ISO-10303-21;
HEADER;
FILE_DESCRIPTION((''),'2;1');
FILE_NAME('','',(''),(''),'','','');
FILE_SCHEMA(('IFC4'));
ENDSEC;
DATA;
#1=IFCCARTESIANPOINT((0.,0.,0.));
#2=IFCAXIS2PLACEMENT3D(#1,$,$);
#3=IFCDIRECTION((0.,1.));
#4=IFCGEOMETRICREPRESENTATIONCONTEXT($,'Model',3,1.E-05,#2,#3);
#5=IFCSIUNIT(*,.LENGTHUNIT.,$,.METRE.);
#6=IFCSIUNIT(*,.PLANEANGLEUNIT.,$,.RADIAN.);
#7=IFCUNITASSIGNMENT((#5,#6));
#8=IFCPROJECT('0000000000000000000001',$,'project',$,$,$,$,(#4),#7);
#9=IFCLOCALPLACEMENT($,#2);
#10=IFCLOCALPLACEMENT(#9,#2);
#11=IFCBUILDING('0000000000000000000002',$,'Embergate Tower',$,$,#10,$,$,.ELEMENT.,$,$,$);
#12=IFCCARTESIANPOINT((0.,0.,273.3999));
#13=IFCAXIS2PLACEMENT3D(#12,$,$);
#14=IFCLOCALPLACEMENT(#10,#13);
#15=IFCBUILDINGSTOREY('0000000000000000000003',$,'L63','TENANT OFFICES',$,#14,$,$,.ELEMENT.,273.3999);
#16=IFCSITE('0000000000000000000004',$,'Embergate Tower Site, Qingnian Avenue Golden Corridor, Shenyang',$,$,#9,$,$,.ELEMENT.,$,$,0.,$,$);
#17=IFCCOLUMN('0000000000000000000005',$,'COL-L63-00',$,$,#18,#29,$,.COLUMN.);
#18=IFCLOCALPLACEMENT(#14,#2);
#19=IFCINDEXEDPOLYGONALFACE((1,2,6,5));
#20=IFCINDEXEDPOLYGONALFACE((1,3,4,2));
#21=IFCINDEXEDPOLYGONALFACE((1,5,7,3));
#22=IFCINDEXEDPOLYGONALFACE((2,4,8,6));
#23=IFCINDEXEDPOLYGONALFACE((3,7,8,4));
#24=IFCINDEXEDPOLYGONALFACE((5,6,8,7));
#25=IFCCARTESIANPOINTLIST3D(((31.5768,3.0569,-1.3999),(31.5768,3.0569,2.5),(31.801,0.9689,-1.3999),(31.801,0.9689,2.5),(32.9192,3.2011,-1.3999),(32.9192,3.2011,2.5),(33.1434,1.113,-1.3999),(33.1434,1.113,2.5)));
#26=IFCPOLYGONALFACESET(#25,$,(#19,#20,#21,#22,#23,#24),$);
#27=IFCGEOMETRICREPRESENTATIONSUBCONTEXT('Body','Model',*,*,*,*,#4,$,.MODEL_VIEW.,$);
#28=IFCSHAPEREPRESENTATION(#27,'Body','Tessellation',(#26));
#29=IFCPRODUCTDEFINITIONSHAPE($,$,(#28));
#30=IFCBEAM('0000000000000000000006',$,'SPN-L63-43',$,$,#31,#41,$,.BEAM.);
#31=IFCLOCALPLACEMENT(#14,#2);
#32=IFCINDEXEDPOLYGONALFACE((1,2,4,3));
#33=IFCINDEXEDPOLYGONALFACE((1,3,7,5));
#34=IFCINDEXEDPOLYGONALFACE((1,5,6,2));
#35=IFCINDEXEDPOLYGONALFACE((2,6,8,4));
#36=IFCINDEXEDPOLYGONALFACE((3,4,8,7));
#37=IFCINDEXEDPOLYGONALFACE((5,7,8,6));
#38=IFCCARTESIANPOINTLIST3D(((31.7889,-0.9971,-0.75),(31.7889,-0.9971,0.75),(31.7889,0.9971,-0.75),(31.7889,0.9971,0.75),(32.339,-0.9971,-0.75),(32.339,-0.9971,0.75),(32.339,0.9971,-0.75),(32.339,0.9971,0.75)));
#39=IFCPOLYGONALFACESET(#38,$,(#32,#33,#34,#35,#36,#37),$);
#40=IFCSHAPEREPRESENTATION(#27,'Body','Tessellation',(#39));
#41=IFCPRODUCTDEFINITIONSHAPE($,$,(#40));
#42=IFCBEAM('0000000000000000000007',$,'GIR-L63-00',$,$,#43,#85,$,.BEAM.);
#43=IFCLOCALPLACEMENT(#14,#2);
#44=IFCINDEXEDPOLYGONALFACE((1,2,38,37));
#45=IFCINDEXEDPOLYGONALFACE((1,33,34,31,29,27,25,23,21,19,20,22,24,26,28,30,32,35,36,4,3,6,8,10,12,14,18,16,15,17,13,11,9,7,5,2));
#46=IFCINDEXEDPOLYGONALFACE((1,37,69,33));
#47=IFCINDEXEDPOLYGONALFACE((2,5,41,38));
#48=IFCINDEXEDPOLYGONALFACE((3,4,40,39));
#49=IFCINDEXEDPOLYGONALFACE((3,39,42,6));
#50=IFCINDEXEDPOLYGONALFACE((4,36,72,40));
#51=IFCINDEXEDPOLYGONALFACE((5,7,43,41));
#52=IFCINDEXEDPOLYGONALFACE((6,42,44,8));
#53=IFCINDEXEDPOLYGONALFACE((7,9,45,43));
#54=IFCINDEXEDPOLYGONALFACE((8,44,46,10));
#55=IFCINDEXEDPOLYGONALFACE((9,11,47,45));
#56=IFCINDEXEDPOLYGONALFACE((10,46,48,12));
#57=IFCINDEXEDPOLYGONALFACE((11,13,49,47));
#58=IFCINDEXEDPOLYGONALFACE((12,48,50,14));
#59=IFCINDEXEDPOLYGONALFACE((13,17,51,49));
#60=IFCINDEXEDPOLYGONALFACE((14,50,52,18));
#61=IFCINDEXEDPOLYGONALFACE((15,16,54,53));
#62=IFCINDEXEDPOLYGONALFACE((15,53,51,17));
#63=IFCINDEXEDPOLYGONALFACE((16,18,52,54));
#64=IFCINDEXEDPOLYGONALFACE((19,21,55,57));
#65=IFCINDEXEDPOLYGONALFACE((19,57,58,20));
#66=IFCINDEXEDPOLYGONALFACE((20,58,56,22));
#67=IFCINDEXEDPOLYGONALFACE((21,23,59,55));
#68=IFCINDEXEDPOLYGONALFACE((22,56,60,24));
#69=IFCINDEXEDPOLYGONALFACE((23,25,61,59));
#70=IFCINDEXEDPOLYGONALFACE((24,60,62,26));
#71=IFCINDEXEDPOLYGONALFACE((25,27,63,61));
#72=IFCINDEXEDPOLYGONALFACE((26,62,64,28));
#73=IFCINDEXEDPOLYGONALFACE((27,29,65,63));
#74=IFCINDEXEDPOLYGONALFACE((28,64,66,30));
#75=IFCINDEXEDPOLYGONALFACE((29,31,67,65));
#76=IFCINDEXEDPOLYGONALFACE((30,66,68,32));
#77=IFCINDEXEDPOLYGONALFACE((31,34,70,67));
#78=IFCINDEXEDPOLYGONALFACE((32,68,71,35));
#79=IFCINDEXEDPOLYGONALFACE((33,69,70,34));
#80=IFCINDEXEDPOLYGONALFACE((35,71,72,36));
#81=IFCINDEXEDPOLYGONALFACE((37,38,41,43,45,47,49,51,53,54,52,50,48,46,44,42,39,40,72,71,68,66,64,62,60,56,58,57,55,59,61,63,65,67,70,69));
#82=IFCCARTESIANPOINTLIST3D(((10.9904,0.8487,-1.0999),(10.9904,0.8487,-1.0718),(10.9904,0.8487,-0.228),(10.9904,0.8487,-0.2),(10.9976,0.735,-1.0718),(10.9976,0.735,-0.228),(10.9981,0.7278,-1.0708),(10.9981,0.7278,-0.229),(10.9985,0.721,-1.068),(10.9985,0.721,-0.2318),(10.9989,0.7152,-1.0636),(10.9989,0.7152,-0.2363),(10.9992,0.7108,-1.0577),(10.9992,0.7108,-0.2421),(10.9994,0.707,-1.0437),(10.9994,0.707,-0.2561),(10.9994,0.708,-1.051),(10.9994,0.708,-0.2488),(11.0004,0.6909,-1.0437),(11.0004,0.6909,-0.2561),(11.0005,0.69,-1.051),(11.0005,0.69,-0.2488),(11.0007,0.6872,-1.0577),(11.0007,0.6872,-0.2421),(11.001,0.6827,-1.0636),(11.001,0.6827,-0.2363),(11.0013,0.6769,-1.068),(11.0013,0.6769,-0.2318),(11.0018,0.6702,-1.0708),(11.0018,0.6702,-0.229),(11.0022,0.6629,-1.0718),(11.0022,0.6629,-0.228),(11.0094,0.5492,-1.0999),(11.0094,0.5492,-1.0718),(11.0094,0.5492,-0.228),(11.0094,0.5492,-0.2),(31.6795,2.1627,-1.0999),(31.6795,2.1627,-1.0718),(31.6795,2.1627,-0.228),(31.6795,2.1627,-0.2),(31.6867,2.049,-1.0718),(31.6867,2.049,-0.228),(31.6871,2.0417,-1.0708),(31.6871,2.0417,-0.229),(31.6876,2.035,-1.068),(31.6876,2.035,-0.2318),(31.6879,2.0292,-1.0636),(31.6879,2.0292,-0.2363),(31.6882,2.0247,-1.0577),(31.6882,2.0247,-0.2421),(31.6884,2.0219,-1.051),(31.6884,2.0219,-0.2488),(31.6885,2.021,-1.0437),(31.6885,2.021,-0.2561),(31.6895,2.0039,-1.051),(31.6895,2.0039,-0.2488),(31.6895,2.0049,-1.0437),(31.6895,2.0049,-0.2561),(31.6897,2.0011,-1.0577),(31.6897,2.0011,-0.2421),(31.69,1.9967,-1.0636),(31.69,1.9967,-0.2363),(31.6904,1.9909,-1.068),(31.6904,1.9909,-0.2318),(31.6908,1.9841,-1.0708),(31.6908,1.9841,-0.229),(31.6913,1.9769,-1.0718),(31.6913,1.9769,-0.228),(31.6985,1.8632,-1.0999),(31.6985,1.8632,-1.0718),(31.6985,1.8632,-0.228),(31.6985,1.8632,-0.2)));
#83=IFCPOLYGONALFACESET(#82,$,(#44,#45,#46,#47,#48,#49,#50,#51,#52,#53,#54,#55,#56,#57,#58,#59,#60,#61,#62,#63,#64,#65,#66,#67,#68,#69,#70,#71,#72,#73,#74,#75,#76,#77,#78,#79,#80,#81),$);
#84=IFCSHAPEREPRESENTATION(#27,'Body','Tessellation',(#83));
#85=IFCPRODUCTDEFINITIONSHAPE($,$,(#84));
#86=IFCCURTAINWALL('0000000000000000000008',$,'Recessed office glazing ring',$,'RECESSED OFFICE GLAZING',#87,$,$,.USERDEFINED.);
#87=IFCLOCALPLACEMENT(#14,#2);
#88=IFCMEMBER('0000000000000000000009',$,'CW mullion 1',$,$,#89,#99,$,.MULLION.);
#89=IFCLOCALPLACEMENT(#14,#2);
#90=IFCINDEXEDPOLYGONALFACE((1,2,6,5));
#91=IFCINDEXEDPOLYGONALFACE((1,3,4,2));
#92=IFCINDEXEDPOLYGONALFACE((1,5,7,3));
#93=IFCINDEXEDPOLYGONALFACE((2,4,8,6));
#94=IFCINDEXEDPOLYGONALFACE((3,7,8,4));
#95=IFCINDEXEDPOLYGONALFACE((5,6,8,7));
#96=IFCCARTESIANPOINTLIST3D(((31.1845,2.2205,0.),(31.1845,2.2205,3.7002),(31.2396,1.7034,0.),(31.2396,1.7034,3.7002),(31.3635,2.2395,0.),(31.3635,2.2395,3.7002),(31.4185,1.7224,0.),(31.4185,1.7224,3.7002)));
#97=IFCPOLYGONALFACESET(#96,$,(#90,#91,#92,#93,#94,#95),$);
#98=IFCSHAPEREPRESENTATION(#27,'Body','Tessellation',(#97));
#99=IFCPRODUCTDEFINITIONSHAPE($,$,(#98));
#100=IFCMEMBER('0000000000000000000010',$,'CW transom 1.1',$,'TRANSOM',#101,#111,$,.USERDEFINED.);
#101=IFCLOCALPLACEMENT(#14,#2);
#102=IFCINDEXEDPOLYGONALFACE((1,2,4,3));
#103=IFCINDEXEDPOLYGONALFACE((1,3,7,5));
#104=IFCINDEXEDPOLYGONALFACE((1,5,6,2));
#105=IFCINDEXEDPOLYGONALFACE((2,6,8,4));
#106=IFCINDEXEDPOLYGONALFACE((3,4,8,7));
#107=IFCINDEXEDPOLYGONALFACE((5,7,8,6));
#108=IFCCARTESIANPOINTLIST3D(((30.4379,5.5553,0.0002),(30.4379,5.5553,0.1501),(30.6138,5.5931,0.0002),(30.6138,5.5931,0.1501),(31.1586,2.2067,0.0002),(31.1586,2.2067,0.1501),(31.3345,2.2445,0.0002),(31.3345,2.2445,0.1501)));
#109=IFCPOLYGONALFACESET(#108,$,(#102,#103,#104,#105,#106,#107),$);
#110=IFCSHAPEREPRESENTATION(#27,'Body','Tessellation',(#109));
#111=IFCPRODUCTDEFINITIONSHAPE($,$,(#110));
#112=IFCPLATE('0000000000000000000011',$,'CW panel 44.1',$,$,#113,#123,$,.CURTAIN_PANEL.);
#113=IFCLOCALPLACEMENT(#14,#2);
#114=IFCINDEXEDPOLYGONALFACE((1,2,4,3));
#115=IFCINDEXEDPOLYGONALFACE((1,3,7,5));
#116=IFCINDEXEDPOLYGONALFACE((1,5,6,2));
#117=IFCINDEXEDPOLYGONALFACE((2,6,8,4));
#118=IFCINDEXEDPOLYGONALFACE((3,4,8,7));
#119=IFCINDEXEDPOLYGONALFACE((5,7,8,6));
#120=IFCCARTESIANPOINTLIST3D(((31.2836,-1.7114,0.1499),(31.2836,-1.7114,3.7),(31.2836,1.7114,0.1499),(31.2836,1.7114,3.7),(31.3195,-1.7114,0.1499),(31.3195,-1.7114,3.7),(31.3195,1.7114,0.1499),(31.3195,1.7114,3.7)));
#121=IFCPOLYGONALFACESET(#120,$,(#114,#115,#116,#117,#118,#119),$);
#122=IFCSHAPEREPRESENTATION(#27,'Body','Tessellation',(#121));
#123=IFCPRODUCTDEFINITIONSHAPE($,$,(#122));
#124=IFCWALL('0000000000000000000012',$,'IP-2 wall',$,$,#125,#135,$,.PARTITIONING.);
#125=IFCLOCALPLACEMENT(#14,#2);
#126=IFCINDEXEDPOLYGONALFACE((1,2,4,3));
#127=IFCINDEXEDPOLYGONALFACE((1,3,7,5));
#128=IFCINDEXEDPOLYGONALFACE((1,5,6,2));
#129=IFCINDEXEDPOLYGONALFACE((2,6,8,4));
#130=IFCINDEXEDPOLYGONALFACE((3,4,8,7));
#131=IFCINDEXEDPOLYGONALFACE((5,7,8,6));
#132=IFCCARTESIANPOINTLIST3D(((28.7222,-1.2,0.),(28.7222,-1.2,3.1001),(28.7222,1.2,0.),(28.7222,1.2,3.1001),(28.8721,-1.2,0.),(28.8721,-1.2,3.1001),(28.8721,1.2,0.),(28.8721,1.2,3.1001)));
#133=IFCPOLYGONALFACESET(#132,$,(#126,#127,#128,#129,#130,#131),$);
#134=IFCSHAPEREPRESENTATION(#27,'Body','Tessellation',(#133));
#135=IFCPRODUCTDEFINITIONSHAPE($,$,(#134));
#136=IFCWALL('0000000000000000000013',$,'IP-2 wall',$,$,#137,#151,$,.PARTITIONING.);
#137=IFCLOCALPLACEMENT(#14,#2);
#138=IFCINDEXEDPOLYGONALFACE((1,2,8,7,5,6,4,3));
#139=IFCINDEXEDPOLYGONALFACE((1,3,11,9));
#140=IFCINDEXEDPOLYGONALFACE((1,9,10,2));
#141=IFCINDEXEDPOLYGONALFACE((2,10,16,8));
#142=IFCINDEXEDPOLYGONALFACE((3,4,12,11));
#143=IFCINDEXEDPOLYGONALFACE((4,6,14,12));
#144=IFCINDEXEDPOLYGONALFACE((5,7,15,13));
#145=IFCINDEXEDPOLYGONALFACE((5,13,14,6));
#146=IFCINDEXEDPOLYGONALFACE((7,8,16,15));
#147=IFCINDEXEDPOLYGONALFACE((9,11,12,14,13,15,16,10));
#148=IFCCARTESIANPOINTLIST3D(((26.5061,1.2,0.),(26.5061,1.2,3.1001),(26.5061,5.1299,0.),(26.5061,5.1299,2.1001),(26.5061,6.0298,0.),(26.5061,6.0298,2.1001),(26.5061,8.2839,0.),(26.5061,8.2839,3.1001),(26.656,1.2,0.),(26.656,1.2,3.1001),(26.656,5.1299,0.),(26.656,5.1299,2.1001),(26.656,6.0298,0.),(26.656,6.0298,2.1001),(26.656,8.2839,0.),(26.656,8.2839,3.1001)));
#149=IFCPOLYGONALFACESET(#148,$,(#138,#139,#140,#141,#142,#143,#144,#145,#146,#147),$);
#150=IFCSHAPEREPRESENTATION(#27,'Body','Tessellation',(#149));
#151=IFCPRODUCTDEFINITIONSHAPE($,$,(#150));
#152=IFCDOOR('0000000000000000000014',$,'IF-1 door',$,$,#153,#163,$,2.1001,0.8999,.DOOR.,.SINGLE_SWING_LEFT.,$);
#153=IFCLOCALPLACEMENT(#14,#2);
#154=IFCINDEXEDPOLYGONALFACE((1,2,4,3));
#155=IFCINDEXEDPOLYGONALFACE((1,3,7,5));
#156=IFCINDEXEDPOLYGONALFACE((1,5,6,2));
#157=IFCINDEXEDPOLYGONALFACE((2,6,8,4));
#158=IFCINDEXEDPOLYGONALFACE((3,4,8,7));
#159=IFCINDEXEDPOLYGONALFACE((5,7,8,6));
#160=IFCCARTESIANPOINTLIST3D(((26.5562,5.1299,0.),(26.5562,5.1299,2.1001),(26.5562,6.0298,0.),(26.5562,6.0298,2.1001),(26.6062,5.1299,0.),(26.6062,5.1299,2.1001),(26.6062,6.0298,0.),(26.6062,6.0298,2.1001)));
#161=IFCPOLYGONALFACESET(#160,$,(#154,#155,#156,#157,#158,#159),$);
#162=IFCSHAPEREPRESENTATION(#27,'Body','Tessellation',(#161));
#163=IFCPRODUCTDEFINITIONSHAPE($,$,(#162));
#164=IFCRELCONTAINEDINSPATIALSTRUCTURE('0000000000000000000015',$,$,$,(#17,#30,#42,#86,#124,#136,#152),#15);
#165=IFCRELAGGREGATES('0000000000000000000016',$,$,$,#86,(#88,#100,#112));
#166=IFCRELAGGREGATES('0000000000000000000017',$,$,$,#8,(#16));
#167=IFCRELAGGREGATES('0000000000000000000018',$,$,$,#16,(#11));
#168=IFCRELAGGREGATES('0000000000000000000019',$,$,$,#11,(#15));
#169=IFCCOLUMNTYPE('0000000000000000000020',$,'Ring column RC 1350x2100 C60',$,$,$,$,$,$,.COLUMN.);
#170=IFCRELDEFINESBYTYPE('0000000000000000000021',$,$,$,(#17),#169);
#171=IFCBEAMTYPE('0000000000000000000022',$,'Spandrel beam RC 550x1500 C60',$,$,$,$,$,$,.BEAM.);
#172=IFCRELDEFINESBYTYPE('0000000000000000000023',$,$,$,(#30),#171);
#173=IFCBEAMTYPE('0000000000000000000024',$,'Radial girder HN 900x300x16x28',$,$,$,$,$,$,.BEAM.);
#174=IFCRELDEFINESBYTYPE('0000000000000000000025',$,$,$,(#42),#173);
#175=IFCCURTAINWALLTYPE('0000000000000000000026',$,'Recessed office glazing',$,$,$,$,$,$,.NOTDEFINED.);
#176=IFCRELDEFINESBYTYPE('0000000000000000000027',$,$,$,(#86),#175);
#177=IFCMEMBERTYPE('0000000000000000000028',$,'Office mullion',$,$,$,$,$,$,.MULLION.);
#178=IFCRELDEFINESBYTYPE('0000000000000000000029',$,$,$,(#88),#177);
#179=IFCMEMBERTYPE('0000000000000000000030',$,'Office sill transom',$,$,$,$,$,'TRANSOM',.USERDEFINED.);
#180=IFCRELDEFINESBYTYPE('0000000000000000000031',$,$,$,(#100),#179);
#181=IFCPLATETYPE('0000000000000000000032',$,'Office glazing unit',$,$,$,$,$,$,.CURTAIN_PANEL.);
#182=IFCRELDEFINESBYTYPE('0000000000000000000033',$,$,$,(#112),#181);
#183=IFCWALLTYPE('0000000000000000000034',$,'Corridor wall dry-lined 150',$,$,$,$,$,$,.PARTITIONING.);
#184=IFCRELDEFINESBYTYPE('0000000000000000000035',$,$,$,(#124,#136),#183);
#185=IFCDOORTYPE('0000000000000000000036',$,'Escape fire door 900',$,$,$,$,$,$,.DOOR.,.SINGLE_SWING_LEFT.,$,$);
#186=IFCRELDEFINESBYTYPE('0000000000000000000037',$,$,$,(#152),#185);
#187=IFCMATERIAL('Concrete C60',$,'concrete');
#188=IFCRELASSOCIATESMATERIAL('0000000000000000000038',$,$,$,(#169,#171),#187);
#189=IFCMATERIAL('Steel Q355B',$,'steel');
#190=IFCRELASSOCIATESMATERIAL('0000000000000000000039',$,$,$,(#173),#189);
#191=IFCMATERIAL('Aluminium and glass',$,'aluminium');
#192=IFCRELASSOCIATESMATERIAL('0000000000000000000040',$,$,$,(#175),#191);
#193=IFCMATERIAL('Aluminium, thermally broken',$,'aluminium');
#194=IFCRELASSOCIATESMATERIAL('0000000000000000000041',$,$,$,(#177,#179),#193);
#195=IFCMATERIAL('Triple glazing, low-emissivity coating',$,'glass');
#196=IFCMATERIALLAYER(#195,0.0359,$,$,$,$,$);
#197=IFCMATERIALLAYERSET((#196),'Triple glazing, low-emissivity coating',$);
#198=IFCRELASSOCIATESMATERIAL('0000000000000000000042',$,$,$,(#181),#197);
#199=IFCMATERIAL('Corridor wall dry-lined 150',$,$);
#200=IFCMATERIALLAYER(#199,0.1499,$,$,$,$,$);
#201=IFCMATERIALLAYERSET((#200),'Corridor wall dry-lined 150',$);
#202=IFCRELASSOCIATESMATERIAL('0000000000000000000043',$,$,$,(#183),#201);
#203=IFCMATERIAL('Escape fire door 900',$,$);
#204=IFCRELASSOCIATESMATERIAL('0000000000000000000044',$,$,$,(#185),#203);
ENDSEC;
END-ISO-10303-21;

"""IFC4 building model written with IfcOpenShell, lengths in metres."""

from ifc_helpers import new_model, si_unit, direction, frame, frame_2d, origin, origin_2d, place, context, subcontext, project, spatial, rectangle, i_section, extrude, source, transform, mapped, material, layer, layer_set, material_profile, profile_set, type_object, element, fill, aggregate, save


model = new_model("IFC4")

# Units and contexts
model_context = context("Model", 3, precision=1e-05, world=origin(), true_north=direction((0.0, 1.0)))
body_context = subcontext(model_context, "Body", "Model", "MODEL_VIEW")
ifc_project = project(units=[si_unit("LENGTHUNIT", "METRE"), si_unit("PLANEANGLEUNIT", "RADIAN")], contexts=[model_context])

# Site, building, storey
site_placement = place(None, origin())
site = spatial("IfcSite", under=ifc_project, at=site_placement, Name="Embergate Tower Site, Qingnian Avenue Golden Corridor, Shenyang", CompositionType="ELEMENT", RefElevation=0.0)
building_placement = place(site_placement, origin())
building = spatial("IfcBuilding", under=site, at=building_placement, Name="Embergate Tower", CompositionType="ELEMENT")
storey_placement = place(building_placement, frame((0.0, 0.0, 273.3999)))
storey = spatial("IfcBuildingStorey", under=building, at=storey_placement, Name="L63", Description="TENANT OFFICES", CompositionType="ELEMENT", Elevation=273.3999)

# Column
ifc_material_1 = material(Name="Concrete C60", Category="concrete")
ifc_material_profile_1 = material_profile(ifc_material_1, rectangle(XDim=1.3501, YDim=2.1001, at=origin_2d()), Name="RC 1350x2100")
ifc_profile_set_1 = profile_set([ifc_material_profile_1], Name="Concrete C60")
column_type = type_object("IfcColumnType", Name="Ring column RC 1350x2100 C60", PredefinedType="COLUMN", material=ifc_profile_set_1)
shared_shape_1 = source(origin(), body_context, "Body", "SweptSolid", [
    extrude(rectangle(XDim=1.3501, YDim=2.1001, at=origin_2d()), origin(), (0.0, 0.0, 1.0), 3.8999),
])
column_placement = place(storey_placement, frame((32.3601, 2.085, -1.3999), z_axis=(0.0, 0.0, 1.0), x_axis=(0.994286, 0.10675, 0.0)))
element("IfcColumn", 1, at=column_placement, inside=storey, type_object=column_type, Name="COL-L63-00", PredefinedType="COLUMN", context=body_context, shape_type="MappedRepresentation", body=[
    mapped(shared_shape_1, transform((0.0, 0.0, 0.0))),
])

# Beams
ifc_material_profile_2 = material_profile(ifc_material_1, rectangle(XDim=0.55, YDim=1.5, at=origin_2d()), Name="RC 550x1500")
ifc_profile_set_2 = profile_set([ifc_material_profile_2], Name="Concrete C60")
beam_type_1 = type_object("IfcBeamType", Name="Spandrel beam RC 550x1500 C60", PredefinedType="BEAM", material=ifc_profile_set_2)
shared_shape_2 = source(origin(), body_context, "Body", "SweptSolid", [
    extrude(rectangle(XDim=0.55, YDim=1.5, at=origin_2d()), origin(), (0.0, 0.0, 1.0), 1.9941),
])
beam_1_placement = place(storey_placement, frame((32.064, -0.9971, 0.0), z_axis=(0.0, 1.0, 0.0), x_axis=(-1.0, 0.0, 0.0)))
element("IfcBeam", 2, at=beam_1_placement, inside=storey, type_object=beam_type_1, Name="SPN-L63-43", PredefinedType="BEAM", context=body_context, shape_type="MappedRepresentation", body=[
    mapped(shared_shape_2, transform((0.0, 0.0, 0.0))),
])
ifc_material_2 = material(Name="Steel Q355B", Category="steel")
ifc_material_profile_3 = material_profile(ifc_material_2, i_section(OverallWidth=0.3, OverallDepth=0.8999, WebThickness=0.0161, FlangeThickness=0.0281, FilletRadius=0.0281, at=origin_2d()), Name="HN 900x300x16x28")
ifc_profile_set_3 = profile_set([ifc_material_profile_3], Name="Steel Q355 grade B")
beam_type_2 = type_object("IfcBeamType", Name="Radial girder HN 900x300x16x28", PredefinedType="BEAM", material=ifc_profile_set_3)
shared_shape_3 = source(origin(), body_context, "Body", "SweptSolid", [
    extrude(i_section(OverallWidth=0.3, OverallDepth=0.8999, WebThickness=0.0161, FlangeThickness=0.0281, FilletRadius=0.0281, at=origin_2d()), origin(), (0.0, 0.0, 1.0), 20.7307),
])
beam_2_placement = place(storey_placement, frame((31.689, 2.0129, -0.6499), z_axis=(-0.997989, -0.063383, 0.0), x_axis=(0.063383, -0.997989, 0.0)))
element("IfcBeam", 3, at=beam_2_placement, inside=storey, type_object=beam_type_2, Name="GIR-L63-00", PredefinedType="BEAM", context=body_context, shape_type="MappedRepresentation", body=[
    mapped(shared_shape_3, transform((0.0, 0.0, 0.0))),
])

# Curtain wall, members, plate
ifc_material_3 = material(Name="Aluminium and glass", Category="aluminium")
curtain_wall_type = type_object("IfcCurtainWallType", Name="Recessed office glazing", PredefinedType="NOTDEFINED", material=ifc_material_3)
curtain_wall_placement = place(storey_placement, origin())
curtain_wall = element("IfcCurtainWall", 4, at=curtain_wall_placement, inside=storey, type_object=curtain_wall_type, Name="Recessed office glazing ring", ObjectType="RECESSED OFFICE GLAZING", PredefinedType="USERDEFINED")
ifc_material_4 = material(Name="Aluminium, thermally broken", Category="aluminium")
ifc_material_profile_4 = material_profile(ifc_material_4, rectangle(XDim=0.1799, YDim=0.52, at=origin_2d()), Name="AL 520x180")
ifc_profile_set_4 = profile_set([ifc_material_profile_4], Name="Aluminium, thermally broken")
member_type_1 = type_object("IfcMemberType", Name="Office mullion", PredefinedType="MULLION", material=ifc_profile_set_4)
shared_shape_4 = source(origin(), body_context, "Body", "SweptSolid", [
    extrude(rectangle(XDim=0.1799, YDim=0.52, at=origin_2d()), origin(), (0.0, 0.0, 1.0), 3.7002),
])
member_1_placement = place(storey_placement, frame((31.3015, 1.9714, 0.0), z_axis=(0.0, 0.0, 1.0), x_axis=(-0.994384, -0.10583, 0.0)))
member_1 = element("IfcMember", 5, at=member_1_placement, type_object=member_type_1, Name="CW mullion 1", PredefinedType="MULLION", context=body_context, shape_type="MappedRepresentation", body=[
    mapped(shared_shape_4, transform((0.0, 0.0, 0.0))),
])
ifc_material_profile_5 = material_profile(ifc_material_4, rectangle(XDim=0.1799, YDim=0.1499, at=origin_2d()), Name="AL 150x180")
ifc_profile_set_5 = profile_set([ifc_material_profile_5], Name="Aluminium, thermally broken")
member_type_2 = type_object("IfcMemberType", Name="Office sill transom", ElementType="TRANSOM", PredefinedType="USERDEFINED", material=ifc_profile_set_5)
shared_shape_5 = source(origin(), body_context, "Body", "SweptSolid", [
    extrude(rectangle(XDim=0.1799, YDim=0.1499, at=origin_2d()), origin(), (0.0, 0.0, 1.0), 3.4253),
])
member_2_placement = place(storey_placement, frame((31.2466, 2.2256, 0.0752), z_axis=(-0.210405, 0.977614, 0.0), x_axis=(-0.977614, -0.210405, 0.0)))
member_2 = element("IfcMember", 6, at=member_2_placement, type_object=member_type_2, Name="CW transom 1.1", ObjectType="TRANSOM", PredefinedType="USERDEFINED", context=body_context, shape_type="MappedRepresentation", body=[
    mapped(shared_shape_5, transform((0.0, 0.0, 0.0))),
])
ifc_material_5 = material(Name="Triple glazing, low-emissivity coating", Category="glass")
ifc_layer_1 = layer(ifc_material_5, 0.0359)
ifc_layer_set_1 = layer_set([ifc_layer_1], Name="Triple glazing, low-emissivity coating")
plate_type = type_object("IfcPlateType", Name="Office glazing unit", PredefinedType="CURTAIN_PANEL", material=ifc_layer_set_1)
shared_shape_6 = source(origin(), body_context, "Body", "SweptSolid", [
    extrude(rectangle(XDim=3.4229, YDim=0.0359, at=origin_2d()), origin(), (0.0, 0.0, 1.0), 3.55),
])
plate_placement = place(storey_placement, frame((31.3015, 0.0, 0.1499), z_axis=(0.0, 0.0, 1.0), x_axis=(0.0, 1.0, 0.0)))
plate = element("IfcPlate", 7, at=plate_placement, type_object=plate_type, Name="CW panel 44.1", PredefinedType="CURTAIN_PANEL", context=body_context, shape_type="MappedRepresentation", body=[
    mapped(shared_shape_6, transform((0.0, 0.0, 0.0))),
])
aggregate(curtain_wall, [member_1, member_2, plate])

# Wall
ifc_material_6 = material(Name="Corridor wall dry-lined 150")
ifc_layer_2 = layer(ifc_material_6, 0.1499)
ifc_layer_set_2 = layer_set([ifc_layer_2], Name="Corridor wall dry-lined 150")
wall_type_1 = type_object("IfcWallType", Name="Corridor wall dry-lined 150", PredefinedType="PARTITIONING", material=ifc_layer_set_2)
shared_shape_7 = source(origin(), body_context, "Body", "SweptSolid", [
    extrude(rectangle(XDim=2.3999, YDim=0.1499, at=frame_2d((1.2, 0.0))), origin(), (0.0, 0.0, 1.0), 3.1001),
])
wall_1_placement = place(storey_placement, frame((28.7971, -1.2, 0.0), z_axis=(0.0, 0.0, 1.0), x_axis=(0.0, 1.0, 0.0)))
element("IfcWall", 8, at=wall_1_placement, inside=storey, type_object=wall_type_1, Name="IP-2 wall", PredefinedType="PARTITIONING", context=body_context, shape_type="MappedRepresentation", body=[
    mapped(shared_shape_7, transform((0.0, 0.0, 0.0))),
])

# Wall, opening, door
shared_shape_8 = source(origin(), body_context, "Body", "SweptSolid", [
    extrude(rectangle(XDim=7.084, YDim=0.1499, at=frame_2d((3.542, 0.0))), origin(), (0.0, 0.0, 1.0), 3.1001),
])
wall_2_placement = place(storey_placement, frame((26.5811, 1.2, 0.0), z_axis=(0.0, 0.0, 1.0), x_axis=(0.0, 1.0, 0.0)))
wall_2 = element("IfcWall", 9, at=wall_2_placement, inside=storey, type_object=wall_type_1, Name="IP-2 wall", PredefinedType="PARTITIONING", context=body_context, shape_type="MappedRepresentation", body=[
    mapped(shared_shape_8, transform((0.0, 0.0, 0.0))),
])
shared_shape_9 = source(origin(), body_context, "Body", "SweptSolid", [
    extrude(rectangle(XDim=0.8999, YDim=2.1001, at=frame_2d((0.45, 1.05))), frame((0.0, 0.085, 0.0), z_axis=(0.0, -1.0, 0.0), x_axis=(1.0, 0.0, 0.0)), (0.0, 0.0, 1.0), 0.1699),
])
opening_1_placement = place(wall_2_placement, frame((3.9299, 0.0, 0.0)))
opening_1 = element("IfcOpeningElement", 10, at=opening_1_placement, cuts=wall_2, PredefinedType="OPENING", context=body_context, shape_type="MappedRepresentation", body=[
    mapped(shared_shape_9, transform((0.0, 0.0, 0.0))),
])
ifc_material_7 = material(Name="Escape fire door 900")
door_type_1 = type_object("IfcDoorType", Name="Escape fire door 900", OperationType="SINGLE_SWING_LEFT", PredefinedType="DOOR", material=ifc_material_7)
shared_shape_10 = source(origin(), body_context, "Body", "SweptSolid", [
    extrude(rectangle(XDim=0.8999, YDim=2.1001, at=frame_2d((0.45, 1.05))), frame((0.0, 0.0249, 0.0), z_axis=(0.0, -1.0, 0.0), x_axis=(1.0, 0.0, 0.0)), (0.0, 0.0, 1.0), 0.05),
])
door_1_placement = place(opening_1_placement, origin())
door_1 = element("IfcDoor", 11, at=door_1_placement, inside=storey, type_object=door_type_1, Name="IF-1 door", OperationType="SINGLE_SWING_LEFT", OverallHeight=2.1001, OverallWidth=0.8999, PredefinedType="DOOR", context=body_context, shape_type="MappedRepresentation", body=[
    mapped(shared_shape_10, transform((0.0, 0.0, 0.0))),
])
fill(opening_1, door_1)

save(model, "model.ifc")
